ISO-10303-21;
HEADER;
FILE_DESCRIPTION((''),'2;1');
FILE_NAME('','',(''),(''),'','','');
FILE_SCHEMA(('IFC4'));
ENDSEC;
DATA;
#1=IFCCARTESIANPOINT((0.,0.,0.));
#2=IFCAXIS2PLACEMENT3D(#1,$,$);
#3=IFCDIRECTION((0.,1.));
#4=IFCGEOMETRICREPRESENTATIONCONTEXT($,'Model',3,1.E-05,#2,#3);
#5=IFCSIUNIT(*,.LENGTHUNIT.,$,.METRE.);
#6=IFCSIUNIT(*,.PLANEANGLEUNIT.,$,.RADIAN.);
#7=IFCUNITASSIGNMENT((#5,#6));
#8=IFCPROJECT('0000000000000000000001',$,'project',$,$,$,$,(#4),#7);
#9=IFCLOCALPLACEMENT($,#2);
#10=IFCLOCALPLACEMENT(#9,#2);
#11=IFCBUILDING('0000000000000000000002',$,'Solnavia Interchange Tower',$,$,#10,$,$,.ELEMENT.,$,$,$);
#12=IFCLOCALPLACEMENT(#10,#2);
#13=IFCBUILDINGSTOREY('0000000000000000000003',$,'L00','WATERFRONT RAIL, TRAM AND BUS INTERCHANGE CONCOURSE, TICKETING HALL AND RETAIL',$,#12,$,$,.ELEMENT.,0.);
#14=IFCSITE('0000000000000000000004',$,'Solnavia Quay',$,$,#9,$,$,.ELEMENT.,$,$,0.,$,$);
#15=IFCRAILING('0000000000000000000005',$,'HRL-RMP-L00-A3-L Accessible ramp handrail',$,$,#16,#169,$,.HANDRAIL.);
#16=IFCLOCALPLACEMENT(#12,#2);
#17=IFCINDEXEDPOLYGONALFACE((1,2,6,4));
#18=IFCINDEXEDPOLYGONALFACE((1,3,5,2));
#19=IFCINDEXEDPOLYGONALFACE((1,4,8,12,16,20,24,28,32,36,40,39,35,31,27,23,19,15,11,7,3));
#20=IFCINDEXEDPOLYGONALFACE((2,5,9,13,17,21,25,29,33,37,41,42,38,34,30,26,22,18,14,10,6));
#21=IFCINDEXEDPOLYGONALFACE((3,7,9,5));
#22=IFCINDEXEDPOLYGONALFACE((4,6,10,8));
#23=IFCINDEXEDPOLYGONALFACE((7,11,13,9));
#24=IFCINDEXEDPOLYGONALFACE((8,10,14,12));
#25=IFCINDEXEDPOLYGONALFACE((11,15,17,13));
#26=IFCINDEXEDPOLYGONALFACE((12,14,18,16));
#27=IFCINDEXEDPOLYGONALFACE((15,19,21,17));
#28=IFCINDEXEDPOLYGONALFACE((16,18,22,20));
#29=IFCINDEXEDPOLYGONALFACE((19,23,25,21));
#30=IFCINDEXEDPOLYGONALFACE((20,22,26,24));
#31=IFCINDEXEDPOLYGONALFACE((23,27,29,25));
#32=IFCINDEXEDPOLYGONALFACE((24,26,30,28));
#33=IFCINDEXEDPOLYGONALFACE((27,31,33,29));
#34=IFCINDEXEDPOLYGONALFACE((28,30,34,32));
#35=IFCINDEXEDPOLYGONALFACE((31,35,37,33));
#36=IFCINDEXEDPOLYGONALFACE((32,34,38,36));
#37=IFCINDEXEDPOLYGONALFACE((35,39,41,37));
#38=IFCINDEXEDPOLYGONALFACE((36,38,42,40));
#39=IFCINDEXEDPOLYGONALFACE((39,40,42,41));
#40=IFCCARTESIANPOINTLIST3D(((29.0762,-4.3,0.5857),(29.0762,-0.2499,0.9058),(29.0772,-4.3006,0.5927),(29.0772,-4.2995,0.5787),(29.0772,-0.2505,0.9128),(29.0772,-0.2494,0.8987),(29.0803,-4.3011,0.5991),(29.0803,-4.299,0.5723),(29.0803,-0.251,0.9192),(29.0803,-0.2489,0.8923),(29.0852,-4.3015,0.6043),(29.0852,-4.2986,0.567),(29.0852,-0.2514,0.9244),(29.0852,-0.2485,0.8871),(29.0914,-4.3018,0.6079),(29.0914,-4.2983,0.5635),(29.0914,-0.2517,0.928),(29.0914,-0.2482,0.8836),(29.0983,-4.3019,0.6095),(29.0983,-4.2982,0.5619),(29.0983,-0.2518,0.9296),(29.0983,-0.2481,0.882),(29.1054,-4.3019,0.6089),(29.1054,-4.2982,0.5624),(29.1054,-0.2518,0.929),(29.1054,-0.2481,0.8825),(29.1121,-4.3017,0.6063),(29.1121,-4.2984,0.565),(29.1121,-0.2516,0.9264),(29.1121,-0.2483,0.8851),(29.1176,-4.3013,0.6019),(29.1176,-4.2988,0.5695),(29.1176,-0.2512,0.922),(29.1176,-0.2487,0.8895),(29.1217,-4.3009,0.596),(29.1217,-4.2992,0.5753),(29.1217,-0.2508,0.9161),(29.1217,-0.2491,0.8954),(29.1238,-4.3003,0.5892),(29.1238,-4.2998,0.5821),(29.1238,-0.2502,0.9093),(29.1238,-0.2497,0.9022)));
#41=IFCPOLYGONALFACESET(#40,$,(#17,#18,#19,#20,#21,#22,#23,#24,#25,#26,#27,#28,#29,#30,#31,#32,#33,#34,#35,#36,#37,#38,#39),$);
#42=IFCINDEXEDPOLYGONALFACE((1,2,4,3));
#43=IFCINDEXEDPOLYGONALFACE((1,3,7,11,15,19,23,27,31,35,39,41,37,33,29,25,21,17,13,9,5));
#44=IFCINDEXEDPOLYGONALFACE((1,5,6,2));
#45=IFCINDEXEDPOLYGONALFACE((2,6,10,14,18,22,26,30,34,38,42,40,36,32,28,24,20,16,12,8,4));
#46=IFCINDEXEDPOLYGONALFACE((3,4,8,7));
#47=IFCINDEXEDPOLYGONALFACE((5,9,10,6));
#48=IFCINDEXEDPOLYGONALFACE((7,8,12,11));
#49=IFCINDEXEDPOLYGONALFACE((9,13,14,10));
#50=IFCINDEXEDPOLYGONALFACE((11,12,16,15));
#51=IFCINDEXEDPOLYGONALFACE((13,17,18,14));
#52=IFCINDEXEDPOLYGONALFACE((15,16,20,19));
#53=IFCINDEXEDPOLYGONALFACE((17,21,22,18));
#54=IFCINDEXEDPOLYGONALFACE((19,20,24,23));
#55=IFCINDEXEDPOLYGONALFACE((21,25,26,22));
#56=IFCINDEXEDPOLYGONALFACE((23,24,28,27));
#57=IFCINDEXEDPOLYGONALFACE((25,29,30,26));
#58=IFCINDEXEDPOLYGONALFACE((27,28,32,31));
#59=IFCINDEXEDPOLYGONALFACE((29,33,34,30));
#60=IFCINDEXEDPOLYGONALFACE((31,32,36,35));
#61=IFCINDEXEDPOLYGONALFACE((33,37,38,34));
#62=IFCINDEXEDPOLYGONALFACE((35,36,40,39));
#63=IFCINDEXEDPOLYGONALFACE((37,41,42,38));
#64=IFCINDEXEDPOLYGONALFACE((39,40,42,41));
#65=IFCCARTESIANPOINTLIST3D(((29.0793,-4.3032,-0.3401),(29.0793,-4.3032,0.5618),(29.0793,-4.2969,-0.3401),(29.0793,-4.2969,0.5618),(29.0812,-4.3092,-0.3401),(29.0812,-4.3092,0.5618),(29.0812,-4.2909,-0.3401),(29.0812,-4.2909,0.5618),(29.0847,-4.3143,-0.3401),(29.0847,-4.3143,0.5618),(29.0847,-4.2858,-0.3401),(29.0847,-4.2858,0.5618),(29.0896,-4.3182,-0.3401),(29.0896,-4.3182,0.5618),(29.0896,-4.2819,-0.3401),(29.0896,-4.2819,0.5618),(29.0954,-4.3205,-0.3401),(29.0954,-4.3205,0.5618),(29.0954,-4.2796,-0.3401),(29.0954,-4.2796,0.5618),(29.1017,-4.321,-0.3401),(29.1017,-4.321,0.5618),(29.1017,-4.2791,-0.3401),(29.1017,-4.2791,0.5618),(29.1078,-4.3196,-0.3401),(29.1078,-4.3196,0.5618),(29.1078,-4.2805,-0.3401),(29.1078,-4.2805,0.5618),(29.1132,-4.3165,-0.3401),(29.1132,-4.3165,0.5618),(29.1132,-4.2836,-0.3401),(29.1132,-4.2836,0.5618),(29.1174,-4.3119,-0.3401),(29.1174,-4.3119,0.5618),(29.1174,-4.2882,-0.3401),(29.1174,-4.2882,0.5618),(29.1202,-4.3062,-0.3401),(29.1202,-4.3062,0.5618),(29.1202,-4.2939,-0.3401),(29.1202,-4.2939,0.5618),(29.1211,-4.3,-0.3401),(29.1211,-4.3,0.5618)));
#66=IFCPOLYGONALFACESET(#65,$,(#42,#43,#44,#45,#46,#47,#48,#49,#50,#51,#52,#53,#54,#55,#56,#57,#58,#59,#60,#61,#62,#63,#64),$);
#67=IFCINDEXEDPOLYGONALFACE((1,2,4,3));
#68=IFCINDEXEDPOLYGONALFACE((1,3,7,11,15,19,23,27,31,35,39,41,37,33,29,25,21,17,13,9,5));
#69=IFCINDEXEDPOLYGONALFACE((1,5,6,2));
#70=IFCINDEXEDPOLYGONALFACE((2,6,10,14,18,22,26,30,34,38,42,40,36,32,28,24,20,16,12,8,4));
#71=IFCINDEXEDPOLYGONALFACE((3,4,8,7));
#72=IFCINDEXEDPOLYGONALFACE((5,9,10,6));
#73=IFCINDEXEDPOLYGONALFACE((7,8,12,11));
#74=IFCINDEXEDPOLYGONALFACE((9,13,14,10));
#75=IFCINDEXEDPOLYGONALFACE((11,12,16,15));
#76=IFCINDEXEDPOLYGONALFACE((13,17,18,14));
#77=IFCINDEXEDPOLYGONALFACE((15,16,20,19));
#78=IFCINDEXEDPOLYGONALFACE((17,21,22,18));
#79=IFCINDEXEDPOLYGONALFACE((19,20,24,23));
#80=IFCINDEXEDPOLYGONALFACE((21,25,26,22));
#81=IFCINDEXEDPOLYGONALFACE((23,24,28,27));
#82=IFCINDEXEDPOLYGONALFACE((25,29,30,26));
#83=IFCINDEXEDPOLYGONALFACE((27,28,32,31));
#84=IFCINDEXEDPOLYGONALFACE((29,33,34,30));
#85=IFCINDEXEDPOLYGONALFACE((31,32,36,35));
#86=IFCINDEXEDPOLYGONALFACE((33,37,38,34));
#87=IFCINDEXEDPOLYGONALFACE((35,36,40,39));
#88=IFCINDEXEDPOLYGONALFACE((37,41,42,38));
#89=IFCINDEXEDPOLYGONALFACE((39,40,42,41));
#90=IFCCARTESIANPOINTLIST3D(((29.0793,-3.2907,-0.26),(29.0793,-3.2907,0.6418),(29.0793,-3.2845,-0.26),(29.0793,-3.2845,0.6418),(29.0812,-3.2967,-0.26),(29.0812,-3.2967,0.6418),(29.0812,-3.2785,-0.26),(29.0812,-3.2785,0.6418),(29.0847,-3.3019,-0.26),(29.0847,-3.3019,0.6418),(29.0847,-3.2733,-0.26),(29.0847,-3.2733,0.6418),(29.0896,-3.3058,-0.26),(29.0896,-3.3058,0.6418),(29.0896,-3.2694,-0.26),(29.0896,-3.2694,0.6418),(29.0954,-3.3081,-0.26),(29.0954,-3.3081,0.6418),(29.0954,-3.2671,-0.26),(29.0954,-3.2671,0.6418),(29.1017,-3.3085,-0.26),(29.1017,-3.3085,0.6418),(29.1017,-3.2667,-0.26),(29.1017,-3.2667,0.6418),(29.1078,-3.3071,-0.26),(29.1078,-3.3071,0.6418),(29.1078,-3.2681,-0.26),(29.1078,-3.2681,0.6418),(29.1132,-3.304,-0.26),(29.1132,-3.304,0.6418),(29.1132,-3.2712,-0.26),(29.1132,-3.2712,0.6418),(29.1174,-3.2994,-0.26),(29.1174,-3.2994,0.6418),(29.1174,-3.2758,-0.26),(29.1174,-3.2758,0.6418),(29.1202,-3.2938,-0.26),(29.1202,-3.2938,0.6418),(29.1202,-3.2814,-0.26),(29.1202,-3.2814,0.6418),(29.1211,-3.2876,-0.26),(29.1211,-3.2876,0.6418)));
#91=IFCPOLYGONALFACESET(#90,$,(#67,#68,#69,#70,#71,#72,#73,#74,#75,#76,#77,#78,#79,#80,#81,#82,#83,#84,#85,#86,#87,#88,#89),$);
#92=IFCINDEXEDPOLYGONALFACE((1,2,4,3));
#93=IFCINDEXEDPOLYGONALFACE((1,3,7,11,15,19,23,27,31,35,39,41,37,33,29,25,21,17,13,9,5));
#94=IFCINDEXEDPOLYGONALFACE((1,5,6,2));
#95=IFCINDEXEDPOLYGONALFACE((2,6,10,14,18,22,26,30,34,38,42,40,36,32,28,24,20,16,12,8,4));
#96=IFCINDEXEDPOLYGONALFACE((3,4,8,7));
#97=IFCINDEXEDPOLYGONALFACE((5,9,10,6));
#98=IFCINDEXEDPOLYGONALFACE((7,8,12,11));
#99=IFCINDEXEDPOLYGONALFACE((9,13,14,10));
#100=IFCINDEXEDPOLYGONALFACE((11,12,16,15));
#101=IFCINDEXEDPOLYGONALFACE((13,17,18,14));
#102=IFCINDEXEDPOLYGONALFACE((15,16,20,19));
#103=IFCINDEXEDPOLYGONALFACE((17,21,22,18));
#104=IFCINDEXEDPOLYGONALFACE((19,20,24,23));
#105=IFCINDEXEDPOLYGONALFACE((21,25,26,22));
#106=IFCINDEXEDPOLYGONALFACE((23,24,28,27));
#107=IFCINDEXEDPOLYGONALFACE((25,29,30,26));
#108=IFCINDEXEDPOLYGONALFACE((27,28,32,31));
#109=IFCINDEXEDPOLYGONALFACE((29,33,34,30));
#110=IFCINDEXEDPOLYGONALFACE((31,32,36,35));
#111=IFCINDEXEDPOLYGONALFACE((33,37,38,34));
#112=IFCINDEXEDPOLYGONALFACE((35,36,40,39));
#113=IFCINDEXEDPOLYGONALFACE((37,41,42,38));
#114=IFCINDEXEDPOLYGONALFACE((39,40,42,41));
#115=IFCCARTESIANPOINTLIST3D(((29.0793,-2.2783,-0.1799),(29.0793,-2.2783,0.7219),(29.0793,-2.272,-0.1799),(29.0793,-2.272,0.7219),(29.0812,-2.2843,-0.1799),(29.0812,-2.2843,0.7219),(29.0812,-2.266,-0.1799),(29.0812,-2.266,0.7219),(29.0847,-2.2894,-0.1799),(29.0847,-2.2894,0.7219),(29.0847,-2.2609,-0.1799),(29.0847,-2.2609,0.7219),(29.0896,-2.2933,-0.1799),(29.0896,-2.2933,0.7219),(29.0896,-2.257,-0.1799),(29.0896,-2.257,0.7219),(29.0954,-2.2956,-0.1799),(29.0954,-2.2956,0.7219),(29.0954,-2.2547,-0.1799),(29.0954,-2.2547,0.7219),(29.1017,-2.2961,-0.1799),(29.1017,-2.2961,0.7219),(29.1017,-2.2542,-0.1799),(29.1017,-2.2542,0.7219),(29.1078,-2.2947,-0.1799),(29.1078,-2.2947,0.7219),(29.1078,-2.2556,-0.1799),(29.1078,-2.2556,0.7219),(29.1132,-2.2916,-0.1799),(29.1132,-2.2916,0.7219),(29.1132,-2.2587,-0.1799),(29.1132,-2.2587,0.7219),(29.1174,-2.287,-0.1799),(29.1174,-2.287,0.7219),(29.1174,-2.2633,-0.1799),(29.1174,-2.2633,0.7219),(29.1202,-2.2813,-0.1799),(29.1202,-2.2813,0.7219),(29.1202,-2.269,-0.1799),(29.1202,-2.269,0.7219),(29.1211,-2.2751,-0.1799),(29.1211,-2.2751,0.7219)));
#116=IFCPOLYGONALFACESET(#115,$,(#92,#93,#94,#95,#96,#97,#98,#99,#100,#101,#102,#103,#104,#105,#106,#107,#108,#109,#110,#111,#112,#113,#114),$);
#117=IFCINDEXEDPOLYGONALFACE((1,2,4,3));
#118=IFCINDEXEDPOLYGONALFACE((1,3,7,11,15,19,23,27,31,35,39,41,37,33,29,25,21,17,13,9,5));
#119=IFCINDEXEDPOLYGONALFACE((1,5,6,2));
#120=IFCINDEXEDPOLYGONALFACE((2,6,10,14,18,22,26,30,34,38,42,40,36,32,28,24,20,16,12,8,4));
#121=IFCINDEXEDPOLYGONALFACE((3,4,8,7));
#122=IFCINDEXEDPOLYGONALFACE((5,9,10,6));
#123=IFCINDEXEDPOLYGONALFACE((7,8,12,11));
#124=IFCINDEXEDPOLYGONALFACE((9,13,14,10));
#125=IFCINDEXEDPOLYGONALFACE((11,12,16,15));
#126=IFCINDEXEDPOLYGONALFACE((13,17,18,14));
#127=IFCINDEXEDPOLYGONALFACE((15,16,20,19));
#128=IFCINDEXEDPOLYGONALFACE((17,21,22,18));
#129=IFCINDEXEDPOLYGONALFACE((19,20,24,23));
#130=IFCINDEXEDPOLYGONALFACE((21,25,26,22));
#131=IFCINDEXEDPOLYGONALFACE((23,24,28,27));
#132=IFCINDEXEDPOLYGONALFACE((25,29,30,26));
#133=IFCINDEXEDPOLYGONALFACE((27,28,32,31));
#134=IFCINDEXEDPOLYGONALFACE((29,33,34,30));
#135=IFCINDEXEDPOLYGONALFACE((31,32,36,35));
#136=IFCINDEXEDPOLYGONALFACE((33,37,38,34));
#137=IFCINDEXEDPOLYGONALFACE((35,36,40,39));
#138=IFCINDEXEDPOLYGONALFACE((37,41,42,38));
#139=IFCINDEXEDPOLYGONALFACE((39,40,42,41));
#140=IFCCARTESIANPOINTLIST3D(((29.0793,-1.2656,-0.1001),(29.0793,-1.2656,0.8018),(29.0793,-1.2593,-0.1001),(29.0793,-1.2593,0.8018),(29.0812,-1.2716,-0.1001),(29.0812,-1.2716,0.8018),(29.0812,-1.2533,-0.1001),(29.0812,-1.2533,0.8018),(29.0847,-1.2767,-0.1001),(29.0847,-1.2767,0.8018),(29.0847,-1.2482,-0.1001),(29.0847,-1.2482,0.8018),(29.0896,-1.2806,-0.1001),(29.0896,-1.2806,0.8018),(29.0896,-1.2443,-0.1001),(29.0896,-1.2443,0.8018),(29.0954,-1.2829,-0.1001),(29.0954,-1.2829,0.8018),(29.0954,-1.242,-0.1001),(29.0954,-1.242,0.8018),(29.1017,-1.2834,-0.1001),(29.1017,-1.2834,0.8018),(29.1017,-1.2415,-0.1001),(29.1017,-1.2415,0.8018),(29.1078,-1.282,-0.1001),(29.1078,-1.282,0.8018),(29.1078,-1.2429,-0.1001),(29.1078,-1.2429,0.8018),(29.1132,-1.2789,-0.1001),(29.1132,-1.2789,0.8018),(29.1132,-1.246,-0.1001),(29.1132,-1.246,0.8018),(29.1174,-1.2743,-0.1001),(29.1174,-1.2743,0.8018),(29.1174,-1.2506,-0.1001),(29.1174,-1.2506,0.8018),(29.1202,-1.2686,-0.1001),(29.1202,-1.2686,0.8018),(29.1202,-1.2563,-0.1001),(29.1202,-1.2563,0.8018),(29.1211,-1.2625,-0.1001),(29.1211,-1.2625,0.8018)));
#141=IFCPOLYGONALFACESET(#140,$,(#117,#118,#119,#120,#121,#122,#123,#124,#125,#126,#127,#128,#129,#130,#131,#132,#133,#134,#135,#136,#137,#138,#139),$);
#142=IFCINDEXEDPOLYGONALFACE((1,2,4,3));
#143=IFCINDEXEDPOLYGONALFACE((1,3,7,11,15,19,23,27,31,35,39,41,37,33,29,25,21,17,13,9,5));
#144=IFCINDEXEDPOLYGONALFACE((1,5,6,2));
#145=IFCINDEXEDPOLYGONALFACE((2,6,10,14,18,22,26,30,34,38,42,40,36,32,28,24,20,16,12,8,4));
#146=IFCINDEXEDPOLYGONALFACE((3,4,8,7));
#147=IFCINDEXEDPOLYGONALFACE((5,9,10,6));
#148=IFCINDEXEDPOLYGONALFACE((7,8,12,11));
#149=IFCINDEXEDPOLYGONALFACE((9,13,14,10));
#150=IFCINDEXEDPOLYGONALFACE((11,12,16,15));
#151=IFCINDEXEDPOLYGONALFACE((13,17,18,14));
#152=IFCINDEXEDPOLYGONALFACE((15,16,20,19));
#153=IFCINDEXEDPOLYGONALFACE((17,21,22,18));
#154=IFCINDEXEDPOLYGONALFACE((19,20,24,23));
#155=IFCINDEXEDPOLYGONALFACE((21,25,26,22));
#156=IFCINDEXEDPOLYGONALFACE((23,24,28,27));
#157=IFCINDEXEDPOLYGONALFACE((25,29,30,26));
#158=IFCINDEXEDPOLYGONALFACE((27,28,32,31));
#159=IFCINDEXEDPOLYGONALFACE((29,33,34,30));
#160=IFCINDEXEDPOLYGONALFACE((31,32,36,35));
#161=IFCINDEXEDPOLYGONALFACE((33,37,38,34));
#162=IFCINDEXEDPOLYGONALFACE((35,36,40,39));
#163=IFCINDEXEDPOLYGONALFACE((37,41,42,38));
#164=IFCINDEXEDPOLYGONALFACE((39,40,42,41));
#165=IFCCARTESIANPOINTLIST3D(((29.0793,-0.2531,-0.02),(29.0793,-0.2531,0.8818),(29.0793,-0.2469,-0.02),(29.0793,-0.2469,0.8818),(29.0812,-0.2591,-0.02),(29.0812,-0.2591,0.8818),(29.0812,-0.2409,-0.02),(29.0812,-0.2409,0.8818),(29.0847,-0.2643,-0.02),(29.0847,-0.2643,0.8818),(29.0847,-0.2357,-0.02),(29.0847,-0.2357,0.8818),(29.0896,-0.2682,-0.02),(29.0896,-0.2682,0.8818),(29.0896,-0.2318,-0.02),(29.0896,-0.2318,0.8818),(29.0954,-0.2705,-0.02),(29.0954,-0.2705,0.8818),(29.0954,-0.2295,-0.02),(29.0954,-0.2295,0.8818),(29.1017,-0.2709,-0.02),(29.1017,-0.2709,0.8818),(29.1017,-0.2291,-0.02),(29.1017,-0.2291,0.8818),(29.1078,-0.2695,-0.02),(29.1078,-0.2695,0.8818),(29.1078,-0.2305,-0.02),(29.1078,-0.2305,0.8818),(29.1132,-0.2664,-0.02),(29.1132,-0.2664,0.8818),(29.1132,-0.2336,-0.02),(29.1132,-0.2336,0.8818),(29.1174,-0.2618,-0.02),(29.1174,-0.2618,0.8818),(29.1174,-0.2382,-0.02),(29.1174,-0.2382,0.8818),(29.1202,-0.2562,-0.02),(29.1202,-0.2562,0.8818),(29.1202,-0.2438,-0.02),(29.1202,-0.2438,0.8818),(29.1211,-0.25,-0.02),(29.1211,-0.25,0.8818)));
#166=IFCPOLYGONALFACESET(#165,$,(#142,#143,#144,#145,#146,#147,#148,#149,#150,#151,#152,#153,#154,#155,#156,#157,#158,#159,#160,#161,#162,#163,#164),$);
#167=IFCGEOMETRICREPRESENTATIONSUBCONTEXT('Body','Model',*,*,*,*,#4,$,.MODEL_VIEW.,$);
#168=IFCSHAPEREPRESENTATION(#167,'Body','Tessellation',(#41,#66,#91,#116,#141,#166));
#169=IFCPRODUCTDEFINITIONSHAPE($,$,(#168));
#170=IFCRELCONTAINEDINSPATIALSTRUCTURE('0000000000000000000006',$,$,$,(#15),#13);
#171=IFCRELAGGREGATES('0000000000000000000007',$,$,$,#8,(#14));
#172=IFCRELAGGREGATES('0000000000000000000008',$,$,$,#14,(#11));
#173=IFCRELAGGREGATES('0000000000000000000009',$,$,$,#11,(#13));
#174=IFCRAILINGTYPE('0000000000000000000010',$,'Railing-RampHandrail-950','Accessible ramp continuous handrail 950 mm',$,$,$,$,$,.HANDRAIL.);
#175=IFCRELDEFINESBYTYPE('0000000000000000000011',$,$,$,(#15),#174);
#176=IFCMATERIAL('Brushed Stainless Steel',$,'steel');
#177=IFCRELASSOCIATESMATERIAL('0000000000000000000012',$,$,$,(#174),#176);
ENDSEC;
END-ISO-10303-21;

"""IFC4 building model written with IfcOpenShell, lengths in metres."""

from ifc_helpers import new_model, si_unit, direction, frame, origin, origin_2d, place, context, subcontext, project, spatial, circle, extrude, material, type_object, element, save


model = new_model("IFC4")

# Units and contexts
model_context = context("Model", 3, precision=1e-05, world=origin(), true_north=direction((0.0, 1.0)))
body_context = subcontext(model_context, "Body", "Model", "MODEL_VIEW")
ifc_project = project(units=[si_unit("LENGTHUNIT", "METRE"), si_unit("PLANEANGLEUNIT", "RADIAN")], contexts=[model_context])

# Site, building, storey
site_placement = place(None, origin())
site = spatial("IfcSite", under=ifc_project, at=site_placement, Name="Solnavia Quay", CompositionType="ELEMENT", RefElevation=0.0)
building_placement = place(site_placement, origin())
building = spatial("IfcBuilding", under=site, at=building_placement, Name="Solnavia Interchange Tower", CompositionType="ELEMENT")
storey_placement = place(building_placement, origin())
storey = spatial("IfcBuildingStorey", under=building, at=storey_placement, Name="L00", Description="WATERFRONT RAIL, TRAM AND BUS INTERCHANGE CONCOURSE, TICKETING HALL AND RETAIL", CompositionType="ELEMENT", Elevation=0.0)

# Railing
ifc_material_1 = material(Name="Brushed Stainless Steel", Category="steel")
railing_type = type_object("IfcRailingType", Name="Railing-RampHandrail-950", Description="Accessible ramp continuous handrail 950 mm", PredefinedType="HANDRAIL", material=ifc_material_1)
for number, where, name in (
    (1, (29.1001, -4.3, -0.3401), "HRL-RMP-L00-A3-L Accessible ramp handrail"),
):
    element("IfcRailing", number, at=place(storey_placement, frame(where)), inside=storey, type_object=railing_type, Name=name, PredefinedType="HANDRAIL", context=body_context, shape_type="SweptSolid", body=[
        extrude(circle(Radius=0.0239, at=origin_2d()), frame((0.0, 0.0, 0.9258), z_axis=(0.0, 0.996892, 0.078783), x_axis=(-1.0, 0.0, 0.0)), (0.0, 0.0, 1.0), 4.0627),
        extrude(circle(Radius=0.021, at=origin_2d()), origin(), (0.0, 0.0, 1.0), 0.9019),
        extrude(circle(Radius=0.021, at=origin_2d()), frame((0.0, 1.0125, 0.0801)), (0.0, 0.0, 1.0), 0.9019),
        extrude(circle(Radius=0.021, at=origin_2d()), frame((0.0, 2.0249, 0.1602)), (0.0, 0.0, 1.0), 0.9019),
        extrude(circle(Radius=0.021, at=origin_2d()), frame((0.0, 3.0376, 0.24)), (0.0, 0.0, 1.0), 0.9019),
        extrude(circle(Radius=0.021, at=origin_2d()), frame((0.0, 4.05, 0.3201)), (0.0, 0.0, 1.0), 0.9019),
    ])

save(model, "model.ifc")
